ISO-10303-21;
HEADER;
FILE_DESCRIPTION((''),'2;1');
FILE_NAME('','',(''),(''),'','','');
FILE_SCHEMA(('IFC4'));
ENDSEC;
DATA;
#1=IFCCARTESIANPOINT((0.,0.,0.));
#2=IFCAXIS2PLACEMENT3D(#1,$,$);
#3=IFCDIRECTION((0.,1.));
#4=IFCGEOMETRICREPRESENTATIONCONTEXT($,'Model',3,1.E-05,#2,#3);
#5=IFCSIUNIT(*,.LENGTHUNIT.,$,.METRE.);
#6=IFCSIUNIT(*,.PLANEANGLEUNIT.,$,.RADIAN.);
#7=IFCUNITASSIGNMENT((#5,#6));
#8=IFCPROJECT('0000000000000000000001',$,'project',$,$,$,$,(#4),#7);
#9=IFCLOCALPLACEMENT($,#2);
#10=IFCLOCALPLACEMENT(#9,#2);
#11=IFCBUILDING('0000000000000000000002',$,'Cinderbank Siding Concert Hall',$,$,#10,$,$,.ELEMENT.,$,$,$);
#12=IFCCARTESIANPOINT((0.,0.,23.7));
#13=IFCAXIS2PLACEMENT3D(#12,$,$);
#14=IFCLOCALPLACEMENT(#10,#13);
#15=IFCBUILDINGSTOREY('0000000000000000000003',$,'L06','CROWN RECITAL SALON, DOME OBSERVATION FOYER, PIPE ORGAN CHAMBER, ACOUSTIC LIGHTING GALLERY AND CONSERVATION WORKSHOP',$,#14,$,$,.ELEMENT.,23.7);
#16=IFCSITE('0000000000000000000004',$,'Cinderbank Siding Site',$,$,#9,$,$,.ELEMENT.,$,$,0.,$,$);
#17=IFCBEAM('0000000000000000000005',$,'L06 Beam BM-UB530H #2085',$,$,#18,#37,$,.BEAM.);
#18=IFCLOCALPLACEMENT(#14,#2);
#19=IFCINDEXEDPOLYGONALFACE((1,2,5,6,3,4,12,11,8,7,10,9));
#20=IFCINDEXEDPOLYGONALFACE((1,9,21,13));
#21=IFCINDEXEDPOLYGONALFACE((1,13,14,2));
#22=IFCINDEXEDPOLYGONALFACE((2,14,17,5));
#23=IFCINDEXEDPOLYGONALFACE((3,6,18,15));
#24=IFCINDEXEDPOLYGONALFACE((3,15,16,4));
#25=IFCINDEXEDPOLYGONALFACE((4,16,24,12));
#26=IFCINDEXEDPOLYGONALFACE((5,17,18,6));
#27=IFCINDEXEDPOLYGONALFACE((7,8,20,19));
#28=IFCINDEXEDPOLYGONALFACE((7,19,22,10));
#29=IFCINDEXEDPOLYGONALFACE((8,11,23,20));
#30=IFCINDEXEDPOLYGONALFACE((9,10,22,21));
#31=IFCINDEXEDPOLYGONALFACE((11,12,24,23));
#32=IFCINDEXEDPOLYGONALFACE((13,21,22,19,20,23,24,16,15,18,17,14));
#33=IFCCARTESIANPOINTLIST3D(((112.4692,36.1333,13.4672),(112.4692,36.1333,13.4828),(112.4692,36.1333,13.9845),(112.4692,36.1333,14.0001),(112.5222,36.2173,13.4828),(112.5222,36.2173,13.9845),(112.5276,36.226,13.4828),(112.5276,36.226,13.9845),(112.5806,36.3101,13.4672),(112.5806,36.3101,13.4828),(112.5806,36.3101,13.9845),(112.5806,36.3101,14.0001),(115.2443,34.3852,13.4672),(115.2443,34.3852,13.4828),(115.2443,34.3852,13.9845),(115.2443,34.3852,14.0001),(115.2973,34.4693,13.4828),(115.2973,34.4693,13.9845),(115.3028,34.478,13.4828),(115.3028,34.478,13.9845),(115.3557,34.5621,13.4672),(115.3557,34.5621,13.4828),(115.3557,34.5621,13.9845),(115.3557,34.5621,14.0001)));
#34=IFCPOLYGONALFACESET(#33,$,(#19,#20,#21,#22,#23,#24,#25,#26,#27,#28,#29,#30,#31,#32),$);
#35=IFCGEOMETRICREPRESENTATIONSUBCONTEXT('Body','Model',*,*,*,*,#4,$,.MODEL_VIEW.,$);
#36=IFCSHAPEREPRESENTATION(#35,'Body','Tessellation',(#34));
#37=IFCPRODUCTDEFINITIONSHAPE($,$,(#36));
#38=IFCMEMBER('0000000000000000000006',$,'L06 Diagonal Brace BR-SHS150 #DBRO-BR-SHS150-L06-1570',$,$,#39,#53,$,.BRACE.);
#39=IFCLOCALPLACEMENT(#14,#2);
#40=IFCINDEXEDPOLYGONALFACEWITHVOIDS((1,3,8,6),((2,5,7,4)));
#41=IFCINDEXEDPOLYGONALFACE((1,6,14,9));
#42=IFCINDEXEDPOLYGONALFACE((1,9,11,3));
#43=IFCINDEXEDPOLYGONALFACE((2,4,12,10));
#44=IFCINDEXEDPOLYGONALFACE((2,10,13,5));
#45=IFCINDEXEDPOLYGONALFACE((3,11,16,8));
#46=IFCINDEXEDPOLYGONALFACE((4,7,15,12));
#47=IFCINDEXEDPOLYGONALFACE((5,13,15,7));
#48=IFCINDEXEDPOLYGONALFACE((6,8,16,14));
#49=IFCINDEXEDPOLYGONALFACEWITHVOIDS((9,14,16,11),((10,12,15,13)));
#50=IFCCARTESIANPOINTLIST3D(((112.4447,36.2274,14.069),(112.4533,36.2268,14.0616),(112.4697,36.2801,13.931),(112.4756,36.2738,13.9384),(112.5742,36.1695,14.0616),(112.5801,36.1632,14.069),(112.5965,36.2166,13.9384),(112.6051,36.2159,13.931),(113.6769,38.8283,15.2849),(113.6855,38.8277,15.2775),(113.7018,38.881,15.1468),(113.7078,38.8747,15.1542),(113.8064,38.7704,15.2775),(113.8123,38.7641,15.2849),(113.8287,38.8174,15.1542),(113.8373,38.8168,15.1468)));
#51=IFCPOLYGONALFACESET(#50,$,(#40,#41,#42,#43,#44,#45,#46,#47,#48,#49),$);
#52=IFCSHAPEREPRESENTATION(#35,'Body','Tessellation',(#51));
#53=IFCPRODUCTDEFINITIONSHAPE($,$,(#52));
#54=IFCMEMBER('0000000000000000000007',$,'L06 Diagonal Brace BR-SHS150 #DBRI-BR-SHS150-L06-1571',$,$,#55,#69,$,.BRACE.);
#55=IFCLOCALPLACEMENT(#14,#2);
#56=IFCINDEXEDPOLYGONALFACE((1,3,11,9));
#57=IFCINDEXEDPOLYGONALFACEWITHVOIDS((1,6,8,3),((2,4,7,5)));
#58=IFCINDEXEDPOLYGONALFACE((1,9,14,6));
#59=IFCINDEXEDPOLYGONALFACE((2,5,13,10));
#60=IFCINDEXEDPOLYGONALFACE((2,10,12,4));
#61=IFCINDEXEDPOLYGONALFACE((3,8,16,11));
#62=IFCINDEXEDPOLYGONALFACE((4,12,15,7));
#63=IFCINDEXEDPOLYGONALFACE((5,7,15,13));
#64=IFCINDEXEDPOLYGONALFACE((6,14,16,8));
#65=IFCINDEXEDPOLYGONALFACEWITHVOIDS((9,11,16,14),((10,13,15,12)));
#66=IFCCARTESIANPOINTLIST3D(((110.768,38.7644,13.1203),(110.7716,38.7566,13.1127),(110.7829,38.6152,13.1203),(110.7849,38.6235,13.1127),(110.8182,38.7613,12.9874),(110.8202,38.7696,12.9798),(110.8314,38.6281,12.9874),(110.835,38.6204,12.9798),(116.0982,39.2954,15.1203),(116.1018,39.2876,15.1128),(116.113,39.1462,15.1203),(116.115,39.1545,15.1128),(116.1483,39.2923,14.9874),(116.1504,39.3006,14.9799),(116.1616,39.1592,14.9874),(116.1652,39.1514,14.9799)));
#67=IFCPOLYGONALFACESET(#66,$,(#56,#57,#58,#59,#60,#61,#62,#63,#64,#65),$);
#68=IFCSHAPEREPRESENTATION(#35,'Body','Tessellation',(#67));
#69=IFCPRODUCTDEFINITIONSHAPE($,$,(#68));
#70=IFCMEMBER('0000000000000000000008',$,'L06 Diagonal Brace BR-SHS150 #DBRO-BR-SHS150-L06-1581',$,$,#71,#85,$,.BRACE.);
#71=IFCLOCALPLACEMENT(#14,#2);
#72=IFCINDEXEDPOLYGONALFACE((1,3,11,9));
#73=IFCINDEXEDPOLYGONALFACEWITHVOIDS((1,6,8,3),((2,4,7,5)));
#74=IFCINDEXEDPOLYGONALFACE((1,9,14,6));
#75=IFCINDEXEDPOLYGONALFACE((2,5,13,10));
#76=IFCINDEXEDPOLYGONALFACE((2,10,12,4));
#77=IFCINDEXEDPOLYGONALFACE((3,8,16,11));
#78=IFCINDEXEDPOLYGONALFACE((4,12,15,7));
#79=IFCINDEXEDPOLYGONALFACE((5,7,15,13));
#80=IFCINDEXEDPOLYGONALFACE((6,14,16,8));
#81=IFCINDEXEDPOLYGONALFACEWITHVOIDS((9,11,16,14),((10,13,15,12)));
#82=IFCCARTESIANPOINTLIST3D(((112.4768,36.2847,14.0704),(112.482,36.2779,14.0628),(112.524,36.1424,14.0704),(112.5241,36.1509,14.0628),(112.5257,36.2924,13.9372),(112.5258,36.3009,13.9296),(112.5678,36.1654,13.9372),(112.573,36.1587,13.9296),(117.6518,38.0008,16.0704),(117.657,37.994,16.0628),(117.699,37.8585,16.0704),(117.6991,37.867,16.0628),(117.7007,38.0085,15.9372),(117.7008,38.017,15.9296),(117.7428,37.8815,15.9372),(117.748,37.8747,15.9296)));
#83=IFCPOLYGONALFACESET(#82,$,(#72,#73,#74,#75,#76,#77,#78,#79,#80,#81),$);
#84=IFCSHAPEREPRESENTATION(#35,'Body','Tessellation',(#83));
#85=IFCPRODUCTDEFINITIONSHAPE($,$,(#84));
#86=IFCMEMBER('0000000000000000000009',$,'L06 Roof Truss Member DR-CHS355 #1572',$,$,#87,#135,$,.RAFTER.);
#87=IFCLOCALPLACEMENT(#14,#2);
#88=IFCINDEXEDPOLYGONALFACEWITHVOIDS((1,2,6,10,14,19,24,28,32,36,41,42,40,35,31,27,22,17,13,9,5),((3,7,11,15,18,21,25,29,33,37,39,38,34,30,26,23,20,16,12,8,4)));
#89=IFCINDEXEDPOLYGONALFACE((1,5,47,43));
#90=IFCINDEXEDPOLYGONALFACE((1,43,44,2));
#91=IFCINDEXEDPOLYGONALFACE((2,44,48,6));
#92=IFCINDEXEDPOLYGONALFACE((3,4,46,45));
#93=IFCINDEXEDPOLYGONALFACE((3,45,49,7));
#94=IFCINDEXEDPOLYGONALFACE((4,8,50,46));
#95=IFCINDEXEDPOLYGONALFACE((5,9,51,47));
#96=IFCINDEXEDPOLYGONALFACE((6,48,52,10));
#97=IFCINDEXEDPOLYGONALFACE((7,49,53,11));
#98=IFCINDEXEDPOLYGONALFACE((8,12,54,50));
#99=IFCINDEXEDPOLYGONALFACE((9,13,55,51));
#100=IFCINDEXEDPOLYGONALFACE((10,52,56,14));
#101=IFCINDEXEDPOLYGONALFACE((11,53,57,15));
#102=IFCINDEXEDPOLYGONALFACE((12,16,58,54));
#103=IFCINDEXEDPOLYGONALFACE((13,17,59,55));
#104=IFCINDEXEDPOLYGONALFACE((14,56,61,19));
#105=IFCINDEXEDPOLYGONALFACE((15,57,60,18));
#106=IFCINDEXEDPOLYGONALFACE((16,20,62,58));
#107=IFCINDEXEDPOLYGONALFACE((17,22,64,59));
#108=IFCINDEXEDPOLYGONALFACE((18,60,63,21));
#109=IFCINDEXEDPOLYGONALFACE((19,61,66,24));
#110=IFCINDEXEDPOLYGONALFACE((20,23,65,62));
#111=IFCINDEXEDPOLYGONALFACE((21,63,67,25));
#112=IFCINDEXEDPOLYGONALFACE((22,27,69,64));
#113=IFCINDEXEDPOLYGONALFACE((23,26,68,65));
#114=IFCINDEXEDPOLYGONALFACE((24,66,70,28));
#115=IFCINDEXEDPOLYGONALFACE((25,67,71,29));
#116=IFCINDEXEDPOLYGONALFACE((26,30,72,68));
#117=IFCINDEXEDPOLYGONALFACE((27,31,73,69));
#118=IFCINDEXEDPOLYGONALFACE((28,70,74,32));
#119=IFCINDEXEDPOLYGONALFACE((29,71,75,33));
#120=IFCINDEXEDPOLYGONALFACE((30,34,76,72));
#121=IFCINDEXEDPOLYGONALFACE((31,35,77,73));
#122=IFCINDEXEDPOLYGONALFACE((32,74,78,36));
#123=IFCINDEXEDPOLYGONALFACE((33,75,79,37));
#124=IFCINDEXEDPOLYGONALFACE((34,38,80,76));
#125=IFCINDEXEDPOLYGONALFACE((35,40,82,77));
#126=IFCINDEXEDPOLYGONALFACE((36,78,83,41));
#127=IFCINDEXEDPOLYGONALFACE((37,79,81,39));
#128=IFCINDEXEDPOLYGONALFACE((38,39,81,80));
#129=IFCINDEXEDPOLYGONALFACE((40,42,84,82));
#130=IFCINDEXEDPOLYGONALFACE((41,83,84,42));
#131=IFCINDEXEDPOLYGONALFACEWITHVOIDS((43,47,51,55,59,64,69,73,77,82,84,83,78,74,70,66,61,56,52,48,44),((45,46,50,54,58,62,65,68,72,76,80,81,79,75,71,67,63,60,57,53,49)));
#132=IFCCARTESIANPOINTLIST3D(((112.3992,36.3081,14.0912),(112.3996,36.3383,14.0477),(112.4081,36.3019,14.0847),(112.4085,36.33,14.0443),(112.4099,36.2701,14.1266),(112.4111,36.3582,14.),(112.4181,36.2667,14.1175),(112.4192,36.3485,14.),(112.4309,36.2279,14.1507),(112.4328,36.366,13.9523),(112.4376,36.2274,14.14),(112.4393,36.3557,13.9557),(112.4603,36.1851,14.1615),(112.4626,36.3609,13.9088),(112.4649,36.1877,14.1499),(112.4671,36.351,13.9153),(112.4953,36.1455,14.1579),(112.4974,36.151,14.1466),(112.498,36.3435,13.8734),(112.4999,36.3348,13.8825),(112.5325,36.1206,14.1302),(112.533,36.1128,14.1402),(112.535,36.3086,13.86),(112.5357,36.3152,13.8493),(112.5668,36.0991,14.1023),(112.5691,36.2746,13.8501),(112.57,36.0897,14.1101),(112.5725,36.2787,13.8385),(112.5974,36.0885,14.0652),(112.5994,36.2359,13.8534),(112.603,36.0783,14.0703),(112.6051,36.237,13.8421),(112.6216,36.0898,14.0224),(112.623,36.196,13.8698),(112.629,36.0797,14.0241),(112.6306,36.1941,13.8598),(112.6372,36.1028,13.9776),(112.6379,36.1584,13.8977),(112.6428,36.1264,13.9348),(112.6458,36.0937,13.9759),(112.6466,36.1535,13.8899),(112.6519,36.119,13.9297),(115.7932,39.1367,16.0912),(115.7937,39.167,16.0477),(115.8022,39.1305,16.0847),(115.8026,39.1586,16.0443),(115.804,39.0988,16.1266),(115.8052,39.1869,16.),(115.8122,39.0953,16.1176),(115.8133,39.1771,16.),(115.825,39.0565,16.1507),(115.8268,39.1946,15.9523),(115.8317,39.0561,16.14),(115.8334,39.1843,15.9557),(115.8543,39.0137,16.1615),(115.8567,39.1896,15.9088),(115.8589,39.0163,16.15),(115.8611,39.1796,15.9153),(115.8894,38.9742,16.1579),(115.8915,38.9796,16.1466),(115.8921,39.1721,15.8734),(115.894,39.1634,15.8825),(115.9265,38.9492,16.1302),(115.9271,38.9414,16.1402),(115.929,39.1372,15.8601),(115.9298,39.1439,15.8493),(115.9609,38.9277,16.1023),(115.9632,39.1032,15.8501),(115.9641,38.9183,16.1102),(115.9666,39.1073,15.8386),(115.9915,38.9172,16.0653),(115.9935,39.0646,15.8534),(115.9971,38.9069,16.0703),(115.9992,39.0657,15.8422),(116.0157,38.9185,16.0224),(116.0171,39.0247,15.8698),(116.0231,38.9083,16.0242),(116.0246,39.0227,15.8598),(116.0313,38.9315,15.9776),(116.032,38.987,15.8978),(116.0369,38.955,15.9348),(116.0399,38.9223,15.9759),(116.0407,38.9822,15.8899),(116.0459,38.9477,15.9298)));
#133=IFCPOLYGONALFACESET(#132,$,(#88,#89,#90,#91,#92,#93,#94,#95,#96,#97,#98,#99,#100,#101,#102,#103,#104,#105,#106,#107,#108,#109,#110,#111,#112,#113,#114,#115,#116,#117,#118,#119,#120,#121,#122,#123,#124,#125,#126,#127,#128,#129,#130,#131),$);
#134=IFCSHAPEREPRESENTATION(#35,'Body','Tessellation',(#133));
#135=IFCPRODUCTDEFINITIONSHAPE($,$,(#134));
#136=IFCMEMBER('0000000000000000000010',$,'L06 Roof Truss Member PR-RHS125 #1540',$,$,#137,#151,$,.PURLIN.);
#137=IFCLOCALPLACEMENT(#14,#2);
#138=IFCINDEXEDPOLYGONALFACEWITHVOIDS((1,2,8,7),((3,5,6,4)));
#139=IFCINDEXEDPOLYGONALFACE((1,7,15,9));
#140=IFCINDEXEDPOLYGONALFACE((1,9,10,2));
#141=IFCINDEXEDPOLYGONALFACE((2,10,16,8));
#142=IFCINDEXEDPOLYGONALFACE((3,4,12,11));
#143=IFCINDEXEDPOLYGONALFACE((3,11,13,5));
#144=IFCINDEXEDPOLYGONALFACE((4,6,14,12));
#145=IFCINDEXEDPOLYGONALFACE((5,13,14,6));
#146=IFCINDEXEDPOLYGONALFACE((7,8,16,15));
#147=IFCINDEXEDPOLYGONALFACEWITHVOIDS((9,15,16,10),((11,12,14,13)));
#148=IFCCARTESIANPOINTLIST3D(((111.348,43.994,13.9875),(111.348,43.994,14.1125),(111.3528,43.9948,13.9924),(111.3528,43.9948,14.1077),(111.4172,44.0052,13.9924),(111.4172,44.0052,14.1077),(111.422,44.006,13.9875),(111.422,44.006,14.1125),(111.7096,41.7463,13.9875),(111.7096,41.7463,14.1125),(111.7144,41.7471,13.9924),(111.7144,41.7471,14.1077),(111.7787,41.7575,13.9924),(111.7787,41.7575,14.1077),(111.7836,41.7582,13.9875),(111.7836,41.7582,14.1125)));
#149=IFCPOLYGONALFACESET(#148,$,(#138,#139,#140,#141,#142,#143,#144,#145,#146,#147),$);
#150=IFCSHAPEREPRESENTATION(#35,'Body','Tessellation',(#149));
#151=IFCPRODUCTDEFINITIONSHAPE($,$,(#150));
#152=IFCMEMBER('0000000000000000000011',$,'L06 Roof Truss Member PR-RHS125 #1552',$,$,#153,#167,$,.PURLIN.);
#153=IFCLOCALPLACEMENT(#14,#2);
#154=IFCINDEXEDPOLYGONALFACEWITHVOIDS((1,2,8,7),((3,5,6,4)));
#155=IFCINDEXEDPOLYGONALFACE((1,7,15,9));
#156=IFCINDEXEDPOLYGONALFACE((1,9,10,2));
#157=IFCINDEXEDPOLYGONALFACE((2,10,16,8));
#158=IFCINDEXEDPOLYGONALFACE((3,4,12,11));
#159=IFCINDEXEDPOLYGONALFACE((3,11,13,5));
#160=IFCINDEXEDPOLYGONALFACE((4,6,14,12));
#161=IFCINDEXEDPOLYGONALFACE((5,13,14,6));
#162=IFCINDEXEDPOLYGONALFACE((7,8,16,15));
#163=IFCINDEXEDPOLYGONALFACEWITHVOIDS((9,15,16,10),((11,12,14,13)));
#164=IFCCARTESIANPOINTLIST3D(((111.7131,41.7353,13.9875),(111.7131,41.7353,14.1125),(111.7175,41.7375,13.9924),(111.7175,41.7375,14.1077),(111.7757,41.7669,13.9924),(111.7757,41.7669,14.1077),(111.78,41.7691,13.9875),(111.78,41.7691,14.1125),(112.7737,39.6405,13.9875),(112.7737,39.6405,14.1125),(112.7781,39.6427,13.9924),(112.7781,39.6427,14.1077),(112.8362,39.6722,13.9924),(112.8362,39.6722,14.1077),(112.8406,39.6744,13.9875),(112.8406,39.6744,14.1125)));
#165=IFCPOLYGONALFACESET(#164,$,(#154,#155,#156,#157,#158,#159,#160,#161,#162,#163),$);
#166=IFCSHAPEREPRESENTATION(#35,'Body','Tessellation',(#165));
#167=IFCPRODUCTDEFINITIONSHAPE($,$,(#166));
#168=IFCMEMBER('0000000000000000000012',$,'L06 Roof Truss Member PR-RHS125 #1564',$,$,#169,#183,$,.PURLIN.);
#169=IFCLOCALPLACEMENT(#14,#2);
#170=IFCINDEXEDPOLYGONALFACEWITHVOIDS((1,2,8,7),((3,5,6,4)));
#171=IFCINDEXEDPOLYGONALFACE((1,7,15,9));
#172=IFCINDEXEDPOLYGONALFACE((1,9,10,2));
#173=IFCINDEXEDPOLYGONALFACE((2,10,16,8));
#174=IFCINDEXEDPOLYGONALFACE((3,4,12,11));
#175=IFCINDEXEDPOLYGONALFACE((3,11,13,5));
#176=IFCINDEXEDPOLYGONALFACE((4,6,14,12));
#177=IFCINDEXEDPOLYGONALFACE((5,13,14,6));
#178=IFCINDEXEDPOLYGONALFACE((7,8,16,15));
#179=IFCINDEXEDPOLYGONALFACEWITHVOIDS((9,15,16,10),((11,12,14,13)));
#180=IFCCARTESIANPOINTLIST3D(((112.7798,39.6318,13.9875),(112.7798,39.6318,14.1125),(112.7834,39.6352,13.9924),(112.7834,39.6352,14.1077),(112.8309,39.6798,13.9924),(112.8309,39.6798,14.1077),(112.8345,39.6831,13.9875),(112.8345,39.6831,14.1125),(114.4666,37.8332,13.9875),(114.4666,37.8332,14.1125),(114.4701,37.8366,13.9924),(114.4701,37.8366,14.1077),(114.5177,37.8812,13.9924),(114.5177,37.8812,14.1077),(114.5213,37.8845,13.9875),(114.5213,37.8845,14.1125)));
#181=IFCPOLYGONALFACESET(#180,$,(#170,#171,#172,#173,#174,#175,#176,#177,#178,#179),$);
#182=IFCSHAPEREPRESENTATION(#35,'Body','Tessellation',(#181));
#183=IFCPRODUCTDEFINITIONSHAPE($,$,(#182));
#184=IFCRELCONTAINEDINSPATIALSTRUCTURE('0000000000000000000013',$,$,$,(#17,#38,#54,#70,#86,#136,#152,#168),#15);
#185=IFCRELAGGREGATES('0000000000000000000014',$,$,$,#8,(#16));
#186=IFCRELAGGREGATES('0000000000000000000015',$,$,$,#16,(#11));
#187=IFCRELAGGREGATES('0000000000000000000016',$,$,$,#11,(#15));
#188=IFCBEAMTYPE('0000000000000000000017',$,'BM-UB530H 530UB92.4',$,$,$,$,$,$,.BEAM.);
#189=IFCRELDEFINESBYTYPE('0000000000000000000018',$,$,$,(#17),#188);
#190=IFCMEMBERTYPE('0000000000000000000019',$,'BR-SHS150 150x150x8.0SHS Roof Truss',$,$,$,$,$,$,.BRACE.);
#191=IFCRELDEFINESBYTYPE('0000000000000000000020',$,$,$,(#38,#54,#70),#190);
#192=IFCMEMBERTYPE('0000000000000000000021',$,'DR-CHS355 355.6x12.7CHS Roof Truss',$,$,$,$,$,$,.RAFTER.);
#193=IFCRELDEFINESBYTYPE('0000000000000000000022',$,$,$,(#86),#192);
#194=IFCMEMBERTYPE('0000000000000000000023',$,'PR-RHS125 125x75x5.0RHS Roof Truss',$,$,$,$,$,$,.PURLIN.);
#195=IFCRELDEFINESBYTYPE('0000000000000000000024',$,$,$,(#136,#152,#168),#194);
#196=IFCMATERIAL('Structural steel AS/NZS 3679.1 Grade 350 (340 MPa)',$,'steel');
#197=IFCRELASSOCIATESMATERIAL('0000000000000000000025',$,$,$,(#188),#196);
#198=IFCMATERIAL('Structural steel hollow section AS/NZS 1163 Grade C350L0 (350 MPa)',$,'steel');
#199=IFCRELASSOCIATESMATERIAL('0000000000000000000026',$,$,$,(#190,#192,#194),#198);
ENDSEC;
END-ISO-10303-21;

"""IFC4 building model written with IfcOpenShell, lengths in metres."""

from ifc_helpers import new_model, si_unit, direction, frame, origin, origin_2d, place, context, subcontext, project, spatial, hollow_rectangle, hollow_circle, i_section, extrude, material, material_profile, profile_set, type_object, element, save


model = new_model("IFC4")

# Units and contexts
model_context = context("Model", 3, precision=1e-05, world=origin(), true_north=direction((0.0, 1.0)))
body_context = subcontext(model_context, "Body", "Model", "MODEL_VIEW")
ifc_project = project(units=[si_unit("LENGTHUNIT", "METRE"), si_unit("PLANEANGLEUNIT", "RADIAN")], contexts=[model_context])

# Site, building, storey
site_placement = place(None, origin())
site = spatial("IfcSite", under=ifc_project, at=site_placement, Name="Cinderbank Siding Site", CompositionType="ELEMENT", RefElevation=0.0)
building_placement = place(site_placement, origin())
building = spatial("IfcBuilding", under=site, at=building_placement, Name="Cinderbank Siding Concert Hall", CompositionType="ELEMENT")
storey_placement = place(building_placement, frame((0.0, 0.0, 23.7)))
storey = spatial("IfcBuildingStorey", under=building, at=storey_placement, Name="L06", Description="CROWN RECITAL SALON, DOME OBSERVATION FOYER, PIPE ORGAN CHAMBER, ACOUSTIC LIGHTING GALLERY AND CONSERVATION WORKSHOP", CompositionType="ELEMENT", Elevation=23.7)

# Beam
ifc_material_1 = material(Name="Structural steel AS/NZS 3679.1 Grade 350 (340 MPa)", Category="steel")
ifc_material_profile_1 = material_profile(ifc_material_1, i_section(OverallWidth=0.209, OverallDepth=0.533, WebThickness=0.0103, FlangeThickness=0.0156, at=origin_2d()), Name="530UB92.4", Category="LoadBearing")
ifc_profile_set_1 = profile_set([ifc_material_profile_1], Name="Structural steel AS/NZS 3679.1 Grade 350 (340 MPa)")
beam_type = type_object("IfcBeamType", Name="BM-UB530H 530UB92.4", PredefinedType="BEAM", material=ifc_profile_set_1)
beam_placement = place(storey_placement, frame((112.5249, 36.2217, 13.7336), z_axis=(0.846132, -0.532973, 0.0), x_axis=(0.532973, 0.846132, 0.0)))
element("IfcBeam", 1, at=beam_placement, inside=storey, type_object=beam_type, Name="L06 Beam BM-UB530H #2085", PredefinedType="BEAM", context=body_context, shape_type="SweptSolid", body=[
    extrude(i_section(OverallWidth=0.209, OverallDepth=0.533, WebThickness=0.0103, FlangeThickness=0.0156, at=origin_2d()), origin(), (0.0, 0.0, 1.0), 3.2798),
])

# Members
ifc_material_2 = material(Name="Structural steel hollow section AS/NZS 1163 Grade C350L0 (350 MPa)", Category="steel")
ifc_material_profile_2 = material_profile(ifc_material_2, hollow_rectangle(XDim=0.1499, YDim=0.1499, WallThickness=0.0081, at=origin_2d()), Name="150x150x8.0SHS", Category="LoadBearing")
ifc_profile_set_2 = profile_set([ifc_material_profile_2], Name="Structural steel hollow section AS/NZS 1163 Grade C350L0 (350 MPa)")
member_type_1 = type_object("IfcMemberType", Name="BR-SHS150 150x150x8.0SHS Roof Truss", PredefinedType="BRACE", material=ifc_profile_set_2)
member_1_placement = place(storey_placement, frame((112.5249, 36.2217, 14.0), z_axis=(0.394394, 0.832471, 0.389159), x_axis=(-0.90371, 0.428145, 0.0)))
element("IfcMember", 2, at=member_1_placement, inside=storey, type_object=member_type_1, Name="L06 Diagonal Brace BR-SHS150 #DBRO-BR-SHS150-L06-1570", PredefinedType="BRACE", context=body_context, shape_type="SweptSolid", body=[
    extrude(hollow_rectangle(XDim=0.1499, YDim=0.1499, WallThickness=0.0081, at=origin_2d()), origin(), (0.0, 0.0, 1.0), 3.1243),
])
member_2_placement = place(storey_placement, frame((110.8015, 38.6924, 13.05), z_axis=(0.932212, 0.092871, 0.349793), x_axis=(-0.099134, 0.995074, 0.0)))
element("IfcMember", 3, at=member_2_placement, inside=storey, type_object=member_type_1, Name="L06 Diagonal Brace BR-SHS150 #DBRI-BR-SHS150-L06-1571", PredefinedType="BRACE", context=body_context, shape_type="SweptSolid", body=[
    extrude(hollow_rectangle(XDim=0.1499, YDim=0.1499, WallThickness=0.0081, at=origin_2d()), origin(), (0.0, 0.0, 1.0), 5.7178),
])
member_3_placement = place(storey_placement, frame((112.5249, 36.2217, 14.0), z_axis=(0.891111, 0.295496, 0.344388), x_axis=(-0.31475, 0.949175, 0.0)))
element("IfcMember", 4, at=member_3_placement, inside=storey, type_object=member_type_1, Name="L06 Diagonal Brace BR-SHS150 #DBRO-BR-SHS150-L06-1581", PredefinedType="BRACE", context=body_context, shape_type="SweptSolid", body=[
    extrude(hollow_rectangle(XDim=0.1499, YDim=0.1499, WallThickness=0.0081, at=origin_2d()), origin(), (0.0, 0.0, 1.0), 5.8074),
])
ifc_material_profile_3 = material_profile(ifc_material_2, hollow_circle(Radius=0.1777, WallThickness=0.0127, at=origin_2d()), Name="355.6x12.7CHS", Category="LoadBearing")
ifc_profile_set_3 = profile_set([ifc_material_profile_3], Name="Structural steel hollow section AS/NZS 1163 Grade C350L0 (350 MPa)")
member_type_2 = type_object("IfcMemberType", Name="DR-CHS355 355.6x12.7CHS Roof Truss", PredefinedType="RAFTER", material=ifc_profile_set_3)
member_4_placement = place(storey_placement, frame((112.5249, 36.2217, 14.0), z_axis=(0.699831, 0.583243, 0.412388), x_axis=(-0.640217, 0.768194, 0.0)))
element("IfcMember", 5, at=member_4_placement, inside=storey, type_object=member_type_2, Name="L06 Roof Truss Member DR-CHS355 #1572", PredefinedType="RAFTER", context=body_context, shape_type="SweptSolid", body=[
    extrude(hollow_circle(Radius=0.1777, WallThickness=0.0127, at=origin_2d()), origin(), (0.0, 0.0, 1.0), 4.8499),
])
ifc_material_profile_4 = material_profile(ifc_material_2, hollow_rectangle(XDim=0.075, YDim=0.125, WallThickness=0.0049, at=origin_2d()), Name="125x75x5.0RHS", Category="LoadBearing")
ifc_profile_set_4 = profile_set([ifc_material_profile_4], Name="Structural steel hollow section AS/NZS 1163 Grade C350L0 (350 MPa)")
member_type_3 = type_object("IfcMemberType", Name="PR-RHS125 125x75x5.0RHS Roof Truss", PredefinedType="PURLIN", material=ifc_profile_set_4)
member_5_placement = place(storey_placement, frame((111.385, 44.0, 14.05), z_axis=(0.158814, -0.987308, 0.0), x_axis=(0.987308, 0.158814, 0.0)))
element("IfcMember", 6, at=member_5_placement, inside=storey, type_object=member_type_3, Name="L06 Roof Truss Member PR-RHS125 #1540", PredefinedType="PURLIN", context=body_context, shape_type="SweptSolid", body=[
    extrude(hollow_rectangle(XDim=0.075, YDim=0.125, WallThickness=0.0049, at=origin_2d()), origin(), (0.0, 0.0, 1.0), 2.2766),
])
member_6_placement = place(storey_placement, frame((111.7466, 41.7522, 14.05), z_axis=(0.4517, -0.89217, 0.0), x_axis=(0.89217, 0.4517, 0.0)))
element("IfcMember", 7, at=member_6_placement, inside=storey, type_object=member_type_3, Name="L06 Roof Truss Member PR-RHS125 #1552", PredefinedType="PURLIN", context=body_context, shape_type="SweptSolid", body=[
    extrude(hollow_rectangle(XDim=0.075, YDim=0.125, WallThickness=0.0049, at=origin_2d()), origin(), (0.0, 0.0, 1.0), 2.3479),
])
member_7_placement = place(storey_placement, frame((112.8071, 39.6575, 14.05), z_axis=(0.68407, -0.729417, 0.0), x_axis=(0.729417, 0.68407, 0.0)))
element("IfcMember", 8, at=member_7_placement, inside=storey, type_object=member_type_3, Name="L06 Roof Truss Member PR-RHS125 #1564", PredefinedType="PURLIN", context=body_context, shape_type="SweptSolid", body=[
    extrude(hollow_rectangle(XDim=0.075, YDim=0.125, WallThickness=0.0049, at=origin_2d()), origin(), (0.0, 0.0, 1.0), 2.4658),
])

save(model, "model.ifc")
